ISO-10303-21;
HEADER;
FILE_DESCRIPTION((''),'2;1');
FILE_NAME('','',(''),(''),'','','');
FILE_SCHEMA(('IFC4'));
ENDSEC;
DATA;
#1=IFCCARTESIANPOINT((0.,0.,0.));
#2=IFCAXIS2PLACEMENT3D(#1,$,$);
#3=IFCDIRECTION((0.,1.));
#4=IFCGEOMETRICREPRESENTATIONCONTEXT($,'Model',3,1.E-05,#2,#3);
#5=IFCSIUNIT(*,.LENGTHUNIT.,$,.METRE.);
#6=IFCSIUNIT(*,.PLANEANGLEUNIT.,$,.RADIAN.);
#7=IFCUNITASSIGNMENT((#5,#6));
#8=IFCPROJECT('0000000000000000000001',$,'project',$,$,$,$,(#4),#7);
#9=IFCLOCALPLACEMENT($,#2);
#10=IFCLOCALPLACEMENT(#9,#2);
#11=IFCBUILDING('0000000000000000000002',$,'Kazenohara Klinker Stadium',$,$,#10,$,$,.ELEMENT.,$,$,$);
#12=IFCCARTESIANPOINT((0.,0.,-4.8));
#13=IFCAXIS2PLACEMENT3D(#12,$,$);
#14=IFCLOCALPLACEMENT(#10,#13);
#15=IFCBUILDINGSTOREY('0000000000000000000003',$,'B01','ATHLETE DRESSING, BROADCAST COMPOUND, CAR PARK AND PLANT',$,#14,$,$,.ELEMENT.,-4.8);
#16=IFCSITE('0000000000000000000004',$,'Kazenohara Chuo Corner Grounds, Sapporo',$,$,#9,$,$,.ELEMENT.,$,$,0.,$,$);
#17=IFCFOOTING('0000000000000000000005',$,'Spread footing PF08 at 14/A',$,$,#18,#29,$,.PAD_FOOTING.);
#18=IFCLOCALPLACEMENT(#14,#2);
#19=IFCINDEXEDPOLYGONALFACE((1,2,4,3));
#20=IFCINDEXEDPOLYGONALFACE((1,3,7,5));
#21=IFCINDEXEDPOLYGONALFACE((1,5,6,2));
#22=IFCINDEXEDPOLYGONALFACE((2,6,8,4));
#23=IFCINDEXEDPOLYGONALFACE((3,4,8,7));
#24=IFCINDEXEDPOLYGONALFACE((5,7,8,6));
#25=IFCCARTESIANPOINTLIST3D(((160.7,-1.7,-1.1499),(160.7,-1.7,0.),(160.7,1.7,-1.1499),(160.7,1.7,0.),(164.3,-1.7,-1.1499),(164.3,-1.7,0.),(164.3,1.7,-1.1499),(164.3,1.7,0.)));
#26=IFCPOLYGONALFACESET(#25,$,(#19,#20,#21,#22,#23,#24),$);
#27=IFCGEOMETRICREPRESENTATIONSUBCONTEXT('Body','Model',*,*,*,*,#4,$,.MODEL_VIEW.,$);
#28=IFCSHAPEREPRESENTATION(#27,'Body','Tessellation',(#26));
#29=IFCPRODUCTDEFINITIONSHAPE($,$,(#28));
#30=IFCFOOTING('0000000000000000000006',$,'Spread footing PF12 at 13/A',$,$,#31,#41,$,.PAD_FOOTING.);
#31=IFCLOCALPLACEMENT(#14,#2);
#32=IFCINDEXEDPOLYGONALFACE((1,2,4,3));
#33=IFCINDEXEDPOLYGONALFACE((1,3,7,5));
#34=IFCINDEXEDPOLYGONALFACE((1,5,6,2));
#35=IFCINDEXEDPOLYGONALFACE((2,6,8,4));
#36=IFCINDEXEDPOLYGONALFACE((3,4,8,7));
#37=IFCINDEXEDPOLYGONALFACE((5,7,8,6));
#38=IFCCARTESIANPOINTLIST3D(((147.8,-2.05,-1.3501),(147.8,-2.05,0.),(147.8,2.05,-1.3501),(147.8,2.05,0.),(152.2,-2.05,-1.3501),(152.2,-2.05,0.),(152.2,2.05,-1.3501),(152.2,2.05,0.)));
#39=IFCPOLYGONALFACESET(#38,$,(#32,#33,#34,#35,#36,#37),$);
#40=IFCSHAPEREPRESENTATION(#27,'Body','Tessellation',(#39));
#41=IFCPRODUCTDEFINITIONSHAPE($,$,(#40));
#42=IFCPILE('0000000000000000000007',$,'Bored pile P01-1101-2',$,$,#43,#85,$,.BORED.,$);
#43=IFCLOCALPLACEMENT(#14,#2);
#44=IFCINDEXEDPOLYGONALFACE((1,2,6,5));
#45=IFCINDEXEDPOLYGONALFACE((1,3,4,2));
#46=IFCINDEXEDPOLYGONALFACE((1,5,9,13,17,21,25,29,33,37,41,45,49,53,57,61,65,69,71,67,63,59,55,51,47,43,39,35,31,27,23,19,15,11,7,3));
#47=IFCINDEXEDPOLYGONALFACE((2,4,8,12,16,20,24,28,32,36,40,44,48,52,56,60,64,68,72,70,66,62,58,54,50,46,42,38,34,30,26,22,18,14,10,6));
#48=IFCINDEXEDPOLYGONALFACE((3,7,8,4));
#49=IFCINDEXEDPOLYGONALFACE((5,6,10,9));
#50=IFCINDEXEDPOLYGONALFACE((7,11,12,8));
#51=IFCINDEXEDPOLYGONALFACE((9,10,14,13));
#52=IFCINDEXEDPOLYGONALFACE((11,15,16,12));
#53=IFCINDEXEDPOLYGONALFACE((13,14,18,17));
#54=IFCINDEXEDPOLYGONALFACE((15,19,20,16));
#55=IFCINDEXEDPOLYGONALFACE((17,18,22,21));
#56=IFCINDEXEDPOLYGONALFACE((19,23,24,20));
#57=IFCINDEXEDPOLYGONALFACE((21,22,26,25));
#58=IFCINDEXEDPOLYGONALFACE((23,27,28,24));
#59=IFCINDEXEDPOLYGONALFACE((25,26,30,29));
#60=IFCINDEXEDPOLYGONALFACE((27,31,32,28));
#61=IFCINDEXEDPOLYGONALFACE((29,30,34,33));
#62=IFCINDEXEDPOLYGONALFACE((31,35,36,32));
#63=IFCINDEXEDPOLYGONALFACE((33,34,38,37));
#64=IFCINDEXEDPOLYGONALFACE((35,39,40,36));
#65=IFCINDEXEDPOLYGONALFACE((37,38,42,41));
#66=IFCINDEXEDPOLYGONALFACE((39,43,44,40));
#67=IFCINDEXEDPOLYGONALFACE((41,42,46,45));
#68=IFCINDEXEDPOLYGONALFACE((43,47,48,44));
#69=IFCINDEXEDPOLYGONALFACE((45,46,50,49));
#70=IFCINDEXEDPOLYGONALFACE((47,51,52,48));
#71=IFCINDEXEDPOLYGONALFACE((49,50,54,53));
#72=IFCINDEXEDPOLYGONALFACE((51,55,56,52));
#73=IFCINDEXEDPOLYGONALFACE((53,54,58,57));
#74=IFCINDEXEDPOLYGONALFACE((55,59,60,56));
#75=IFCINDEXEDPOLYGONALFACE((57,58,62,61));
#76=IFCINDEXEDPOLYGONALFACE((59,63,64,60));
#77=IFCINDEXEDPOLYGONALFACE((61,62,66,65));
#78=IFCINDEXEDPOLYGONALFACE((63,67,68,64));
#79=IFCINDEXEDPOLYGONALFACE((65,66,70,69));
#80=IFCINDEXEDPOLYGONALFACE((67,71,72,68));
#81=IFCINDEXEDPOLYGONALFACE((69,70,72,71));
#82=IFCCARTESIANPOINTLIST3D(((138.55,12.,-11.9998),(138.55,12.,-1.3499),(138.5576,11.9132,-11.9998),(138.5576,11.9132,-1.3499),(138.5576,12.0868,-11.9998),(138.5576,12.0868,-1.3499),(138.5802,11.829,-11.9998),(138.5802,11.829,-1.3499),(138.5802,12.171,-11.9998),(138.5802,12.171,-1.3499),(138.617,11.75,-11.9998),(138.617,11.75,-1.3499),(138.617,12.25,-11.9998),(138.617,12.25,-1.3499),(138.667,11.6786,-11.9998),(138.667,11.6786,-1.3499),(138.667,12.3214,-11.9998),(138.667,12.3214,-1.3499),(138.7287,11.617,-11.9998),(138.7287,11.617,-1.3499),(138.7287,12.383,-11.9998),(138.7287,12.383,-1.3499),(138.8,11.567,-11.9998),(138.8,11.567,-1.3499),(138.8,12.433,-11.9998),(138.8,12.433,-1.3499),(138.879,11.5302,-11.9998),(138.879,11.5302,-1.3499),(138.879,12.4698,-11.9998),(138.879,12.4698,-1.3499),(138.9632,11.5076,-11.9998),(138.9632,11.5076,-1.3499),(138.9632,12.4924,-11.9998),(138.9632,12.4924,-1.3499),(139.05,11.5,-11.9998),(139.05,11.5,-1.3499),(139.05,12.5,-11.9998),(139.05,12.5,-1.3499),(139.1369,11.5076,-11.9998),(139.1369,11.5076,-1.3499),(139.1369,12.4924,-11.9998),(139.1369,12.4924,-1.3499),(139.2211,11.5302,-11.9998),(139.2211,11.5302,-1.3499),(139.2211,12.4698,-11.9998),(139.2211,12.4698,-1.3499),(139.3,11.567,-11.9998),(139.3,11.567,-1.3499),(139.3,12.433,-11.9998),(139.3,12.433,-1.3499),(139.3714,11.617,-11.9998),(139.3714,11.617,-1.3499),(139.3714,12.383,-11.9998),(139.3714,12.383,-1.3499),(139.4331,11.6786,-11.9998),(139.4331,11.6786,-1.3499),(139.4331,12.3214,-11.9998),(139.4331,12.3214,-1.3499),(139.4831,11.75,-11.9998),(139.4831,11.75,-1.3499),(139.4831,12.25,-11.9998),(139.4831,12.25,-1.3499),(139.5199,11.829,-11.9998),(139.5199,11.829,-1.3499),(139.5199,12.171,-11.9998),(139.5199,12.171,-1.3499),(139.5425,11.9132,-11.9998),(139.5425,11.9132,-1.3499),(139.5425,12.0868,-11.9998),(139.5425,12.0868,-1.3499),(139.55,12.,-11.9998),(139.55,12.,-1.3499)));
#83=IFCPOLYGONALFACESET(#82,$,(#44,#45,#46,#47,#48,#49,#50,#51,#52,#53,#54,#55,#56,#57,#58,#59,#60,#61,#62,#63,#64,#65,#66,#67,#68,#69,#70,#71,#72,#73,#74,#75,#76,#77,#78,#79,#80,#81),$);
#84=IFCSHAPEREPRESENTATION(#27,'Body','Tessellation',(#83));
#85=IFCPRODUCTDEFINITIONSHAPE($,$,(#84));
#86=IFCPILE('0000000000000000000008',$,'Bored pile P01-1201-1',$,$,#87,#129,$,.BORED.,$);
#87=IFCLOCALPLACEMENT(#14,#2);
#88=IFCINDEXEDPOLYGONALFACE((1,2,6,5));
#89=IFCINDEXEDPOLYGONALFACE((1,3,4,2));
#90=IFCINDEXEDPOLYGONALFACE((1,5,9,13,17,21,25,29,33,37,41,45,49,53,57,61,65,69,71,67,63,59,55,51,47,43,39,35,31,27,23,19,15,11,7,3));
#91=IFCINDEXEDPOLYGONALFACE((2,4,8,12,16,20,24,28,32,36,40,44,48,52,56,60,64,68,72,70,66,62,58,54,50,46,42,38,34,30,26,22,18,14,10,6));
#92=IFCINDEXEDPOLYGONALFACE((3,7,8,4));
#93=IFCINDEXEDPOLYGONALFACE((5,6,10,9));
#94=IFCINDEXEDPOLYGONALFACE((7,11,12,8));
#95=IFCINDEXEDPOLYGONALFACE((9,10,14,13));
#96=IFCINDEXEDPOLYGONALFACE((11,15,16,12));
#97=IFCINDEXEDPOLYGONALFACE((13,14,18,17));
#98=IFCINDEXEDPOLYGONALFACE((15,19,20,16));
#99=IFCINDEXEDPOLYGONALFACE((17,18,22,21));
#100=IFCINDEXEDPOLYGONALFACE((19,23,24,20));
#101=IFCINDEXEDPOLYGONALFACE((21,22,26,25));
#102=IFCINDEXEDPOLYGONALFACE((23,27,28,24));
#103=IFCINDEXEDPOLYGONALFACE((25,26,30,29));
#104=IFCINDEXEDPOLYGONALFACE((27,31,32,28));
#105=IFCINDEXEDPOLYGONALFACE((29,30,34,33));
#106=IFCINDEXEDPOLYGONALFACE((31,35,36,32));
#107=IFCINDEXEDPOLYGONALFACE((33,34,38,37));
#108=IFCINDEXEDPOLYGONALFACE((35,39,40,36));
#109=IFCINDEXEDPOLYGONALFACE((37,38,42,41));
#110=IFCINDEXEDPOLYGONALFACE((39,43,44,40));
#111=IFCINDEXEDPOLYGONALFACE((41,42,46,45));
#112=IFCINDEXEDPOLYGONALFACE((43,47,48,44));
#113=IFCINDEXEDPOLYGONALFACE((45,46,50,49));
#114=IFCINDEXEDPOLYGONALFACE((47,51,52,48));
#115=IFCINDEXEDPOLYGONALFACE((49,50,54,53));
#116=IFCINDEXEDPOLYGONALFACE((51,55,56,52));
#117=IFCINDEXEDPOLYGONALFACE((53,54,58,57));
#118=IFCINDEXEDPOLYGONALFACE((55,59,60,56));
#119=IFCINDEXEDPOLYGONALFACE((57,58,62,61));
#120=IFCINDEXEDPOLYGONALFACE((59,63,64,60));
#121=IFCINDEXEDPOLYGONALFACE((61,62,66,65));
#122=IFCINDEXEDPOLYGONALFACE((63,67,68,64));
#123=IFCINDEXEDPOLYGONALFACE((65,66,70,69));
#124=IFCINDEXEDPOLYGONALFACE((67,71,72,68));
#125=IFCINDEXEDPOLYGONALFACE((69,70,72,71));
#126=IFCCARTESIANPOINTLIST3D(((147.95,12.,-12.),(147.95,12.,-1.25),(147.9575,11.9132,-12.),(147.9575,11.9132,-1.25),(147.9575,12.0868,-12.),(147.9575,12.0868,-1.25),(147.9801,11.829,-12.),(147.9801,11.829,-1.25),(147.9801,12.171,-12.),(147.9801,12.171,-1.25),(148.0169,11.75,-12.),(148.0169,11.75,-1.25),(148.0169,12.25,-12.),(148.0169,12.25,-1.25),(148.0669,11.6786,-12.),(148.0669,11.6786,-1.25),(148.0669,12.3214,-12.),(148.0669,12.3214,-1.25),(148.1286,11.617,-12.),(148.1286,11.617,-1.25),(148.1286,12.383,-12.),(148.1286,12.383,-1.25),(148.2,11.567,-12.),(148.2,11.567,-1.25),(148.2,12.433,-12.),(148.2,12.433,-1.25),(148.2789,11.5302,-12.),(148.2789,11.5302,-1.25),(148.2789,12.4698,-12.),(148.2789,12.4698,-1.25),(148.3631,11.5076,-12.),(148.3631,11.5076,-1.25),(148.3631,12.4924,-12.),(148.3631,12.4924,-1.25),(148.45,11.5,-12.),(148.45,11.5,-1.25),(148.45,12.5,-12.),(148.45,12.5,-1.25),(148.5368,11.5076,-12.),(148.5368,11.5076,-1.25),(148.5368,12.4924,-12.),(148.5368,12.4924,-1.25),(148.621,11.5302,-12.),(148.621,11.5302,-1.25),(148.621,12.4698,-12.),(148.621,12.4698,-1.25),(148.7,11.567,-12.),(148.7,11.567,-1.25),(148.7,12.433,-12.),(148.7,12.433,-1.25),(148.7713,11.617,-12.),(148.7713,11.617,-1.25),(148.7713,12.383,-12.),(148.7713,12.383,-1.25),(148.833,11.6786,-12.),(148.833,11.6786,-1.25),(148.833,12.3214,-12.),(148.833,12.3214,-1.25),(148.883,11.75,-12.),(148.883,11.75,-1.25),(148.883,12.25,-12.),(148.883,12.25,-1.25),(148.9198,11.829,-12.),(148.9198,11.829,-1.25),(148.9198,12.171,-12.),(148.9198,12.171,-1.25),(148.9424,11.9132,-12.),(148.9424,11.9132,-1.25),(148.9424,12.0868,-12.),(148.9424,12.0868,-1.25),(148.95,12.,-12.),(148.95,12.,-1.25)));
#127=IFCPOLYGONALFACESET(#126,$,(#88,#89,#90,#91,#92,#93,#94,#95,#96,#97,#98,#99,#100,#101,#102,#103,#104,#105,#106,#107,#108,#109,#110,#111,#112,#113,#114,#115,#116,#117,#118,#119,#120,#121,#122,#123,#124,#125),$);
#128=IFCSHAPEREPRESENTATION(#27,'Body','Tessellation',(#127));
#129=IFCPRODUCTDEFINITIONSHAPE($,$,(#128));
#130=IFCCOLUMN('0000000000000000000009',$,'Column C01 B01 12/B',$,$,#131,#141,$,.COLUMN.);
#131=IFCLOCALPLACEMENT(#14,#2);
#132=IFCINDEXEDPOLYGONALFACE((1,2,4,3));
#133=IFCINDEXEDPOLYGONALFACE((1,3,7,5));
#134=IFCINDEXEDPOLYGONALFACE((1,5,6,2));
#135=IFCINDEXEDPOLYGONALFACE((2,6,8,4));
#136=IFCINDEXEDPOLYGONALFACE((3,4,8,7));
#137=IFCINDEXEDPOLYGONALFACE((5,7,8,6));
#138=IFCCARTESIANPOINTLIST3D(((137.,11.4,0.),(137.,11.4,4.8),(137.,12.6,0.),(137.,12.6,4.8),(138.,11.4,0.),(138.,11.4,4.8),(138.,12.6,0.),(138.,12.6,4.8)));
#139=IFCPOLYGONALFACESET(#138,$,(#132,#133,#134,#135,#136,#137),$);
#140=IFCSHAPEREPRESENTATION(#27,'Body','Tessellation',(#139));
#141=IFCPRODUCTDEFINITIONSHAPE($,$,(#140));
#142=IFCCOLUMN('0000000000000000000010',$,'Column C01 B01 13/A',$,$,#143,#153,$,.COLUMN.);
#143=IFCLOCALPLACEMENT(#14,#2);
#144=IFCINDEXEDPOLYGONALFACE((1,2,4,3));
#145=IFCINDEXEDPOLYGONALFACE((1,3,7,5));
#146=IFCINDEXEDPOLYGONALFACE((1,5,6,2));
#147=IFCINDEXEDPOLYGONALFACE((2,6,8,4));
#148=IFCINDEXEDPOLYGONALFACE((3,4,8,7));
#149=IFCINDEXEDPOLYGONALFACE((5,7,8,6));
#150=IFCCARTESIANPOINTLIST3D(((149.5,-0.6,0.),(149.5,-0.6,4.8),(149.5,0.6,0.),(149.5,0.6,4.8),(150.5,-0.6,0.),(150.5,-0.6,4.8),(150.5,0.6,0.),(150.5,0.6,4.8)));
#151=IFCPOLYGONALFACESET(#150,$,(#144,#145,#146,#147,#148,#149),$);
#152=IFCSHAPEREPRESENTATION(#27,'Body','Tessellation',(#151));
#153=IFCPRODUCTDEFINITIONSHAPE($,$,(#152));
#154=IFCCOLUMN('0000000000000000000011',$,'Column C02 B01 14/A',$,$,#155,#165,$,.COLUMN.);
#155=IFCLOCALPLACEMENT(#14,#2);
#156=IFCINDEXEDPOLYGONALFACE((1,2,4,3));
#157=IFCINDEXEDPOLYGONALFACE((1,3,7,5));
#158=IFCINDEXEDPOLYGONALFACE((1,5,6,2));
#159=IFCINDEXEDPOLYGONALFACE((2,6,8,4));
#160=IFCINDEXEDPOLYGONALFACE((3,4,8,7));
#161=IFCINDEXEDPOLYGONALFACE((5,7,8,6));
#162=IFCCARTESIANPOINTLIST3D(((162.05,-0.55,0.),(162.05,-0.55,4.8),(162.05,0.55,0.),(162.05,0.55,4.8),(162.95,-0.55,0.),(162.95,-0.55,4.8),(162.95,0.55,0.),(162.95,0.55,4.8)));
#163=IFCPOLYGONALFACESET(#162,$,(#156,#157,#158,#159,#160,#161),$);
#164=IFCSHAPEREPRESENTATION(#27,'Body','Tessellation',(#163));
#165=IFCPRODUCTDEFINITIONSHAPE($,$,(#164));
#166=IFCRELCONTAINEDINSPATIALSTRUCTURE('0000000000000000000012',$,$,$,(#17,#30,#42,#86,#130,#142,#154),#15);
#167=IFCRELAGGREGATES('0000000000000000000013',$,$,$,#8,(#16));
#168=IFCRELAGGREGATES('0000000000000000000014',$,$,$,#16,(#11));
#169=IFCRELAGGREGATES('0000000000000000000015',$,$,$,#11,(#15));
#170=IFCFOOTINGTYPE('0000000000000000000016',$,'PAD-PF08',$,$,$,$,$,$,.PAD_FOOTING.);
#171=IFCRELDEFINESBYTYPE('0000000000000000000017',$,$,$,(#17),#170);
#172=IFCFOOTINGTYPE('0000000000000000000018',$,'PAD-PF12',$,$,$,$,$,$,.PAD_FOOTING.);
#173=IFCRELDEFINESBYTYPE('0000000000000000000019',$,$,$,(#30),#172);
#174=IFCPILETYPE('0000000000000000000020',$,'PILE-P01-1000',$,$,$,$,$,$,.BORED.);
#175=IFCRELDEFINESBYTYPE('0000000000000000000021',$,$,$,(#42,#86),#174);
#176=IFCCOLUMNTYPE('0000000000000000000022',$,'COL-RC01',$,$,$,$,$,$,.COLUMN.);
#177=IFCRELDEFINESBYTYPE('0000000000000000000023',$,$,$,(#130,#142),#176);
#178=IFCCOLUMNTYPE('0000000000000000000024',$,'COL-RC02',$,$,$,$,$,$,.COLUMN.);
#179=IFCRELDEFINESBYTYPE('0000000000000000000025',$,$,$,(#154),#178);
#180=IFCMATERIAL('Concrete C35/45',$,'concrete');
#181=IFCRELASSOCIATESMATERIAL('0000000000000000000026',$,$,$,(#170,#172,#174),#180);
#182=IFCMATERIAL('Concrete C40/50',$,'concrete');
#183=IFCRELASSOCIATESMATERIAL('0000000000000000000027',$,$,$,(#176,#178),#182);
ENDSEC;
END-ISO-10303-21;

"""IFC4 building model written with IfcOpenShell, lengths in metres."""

from ifc_helpers import new_model, si_unit, direction, frame, origin, origin_2d, place, context, subcontext, project, spatial, rectangle, circle, extrude, material, material_profile, profile_set, type_object, element, save


model = new_model("IFC4")

# Units and contexts
model_context = context("Model", 3, precision=1e-05, world=origin(), true_north=direction((0.0, 1.0)))
body_context = subcontext(model_context, "Body", "Model", "MODEL_VIEW")
ifc_project = project(units=[si_unit("LENGTHUNIT", "METRE"), si_unit("PLANEANGLEUNIT", "RADIAN")], contexts=[model_context])

# Site, building, storey
site_placement = place(None, origin())
site = spatial("IfcSite", under=ifc_project, at=site_placement, Name="Kazenohara Chuo Corner Grounds, Sapporo", CompositionType="ELEMENT", RefElevation=0.0)
building_placement = place(site_placement, origin())
building = spatial("IfcBuilding", under=site, at=building_placement, Name="Kazenohara Klinker Stadium", CompositionType="ELEMENT")
storey_placement = place(building_placement, frame((0.0, 0.0, -4.8)))
storey = spatial("IfcBuildingStorey", under=building, at=storey_placement, Name="B01", Description="ATHLETE DRESSING, BROADCAST COMPOUND, CAR PARK AND PLANT", CompositionType="ELEMENT", Elevation=-4.8)

# Footings
ifc_material_1 = material(Name="Concrete C35/45", Category="concrete")
footing_type_1 = type_object("IfcFootingType", Name="PAD-PF08", PredefinedType="PAD_FOOTING", material=ifc_material_1)
footing_1_placement = place(storey_placement, frame((162.5, 0.0, -1.1499), z_axis=(0.0, 0.0, 1.0), x_axis=(1.0, 0.0, 0.0)))
element("IfcFooting", 1, at=footing_1_placement, inside=storey, type_object=footing_type_1, Name="Spread footing PF08 at 14/A", PredefinedType="PAD_FOOTING", context=body_context, shape_type="SweptSolid", body=[
    extrude(rectangle(XDim=3.6001, YDim=3.3999, at=origin_2d()), origin(), (0.0, 0.0, 1.0), 1.1499),
])
footing_type_2 = type_object("IfcFootingType", Name="PAD-PF12", PredefinedType="PAD_FOOTING", material=ifc_material_1)
footing_2_placement = place(storey_placement, frame((150.0, 0.0, -1.3501), z_axis=(0.0, 0.0, 1.0), x_axis=(1.0, 0.0, 0.0)))
element("IfcFooting", 2, at=footing_2_placement, inside=storey, type_object=footing_type_2, Name="Spread footing PF12 at 13/A", PredefinedType="PAD_FOOTING", context=body_context, shape_type="SweptSolid", body=[
    extrude(rectangle(XDim=4.3999, YDim=4.1001, at=origin_2d()), origin(), (0.0, 0.0, 1.0), 1.3501),
])

# Piles
ifc_material_profile_1 = material_profile(ifc_material_1, circle(Radius=0.5, at=origin_2d()), Name="BORED-PILE-1000")
ifc_profile_set_1 = profile_set([ifc_material_profile_1], Name="Concrete C35/45")
pile_type = type_object("IfcPileType", Name="PILE-P01-1000", PredefinedType="BORED", material=ifc_profile_set_1)
pile_1_placement = place(storey_placement, frame((139.05, 12.0, -1.3499), z_axis=(0.0, 0.0, -1.0), x_axis=(1.0, 0.0, 0.0)))
element("IfcPile", 3, at=pile_1_placement, inside=storey, type_object=pile_type, Name="Bored pile P01-1101-2", PredefinedType="BORED", context=body_context, shape_type="SweptSolid", body=[
    extrude(circle(Radius=0.5, at=origin_2d()), origin(), (0.0, 0.0, 1.0), 10.6499),
])
pile_2_placement = place(storey_placement, frame((148.45, 12.0, -1.25), z_axis=(0.0, 0.0, -1.0), x_axis=(1.0, 0.0, 0.0)))
element("IfcPile", 4, at=pile_2_placement, inside=storey, type_object=pile_type, Name="Bored pile P01-1201-1", PredefinedType="BORED", context=body_context, shape_type="SweptSolid", body=[
    extrude(circle(Radius=0.5, at=origin_2d()), origin(), (0.0, 0.0, 1.0), 10.75),
])

# Columns
ifc_material_2 = material(Name="Concrete C40/50", Category="concrete")
ifc_material_profile_2 = material_profile(ifc_material_2, rectangle(XDim=1.0, YDim=1.2, at=origin_2d()), Name="RC-COL-1200x1000")
ifc_profile_set_2 = profile_set([ifc_material_profile_2], Name="Concrete C40/50")
column_type_1 = type_object("IfcColumnType", Name="COL-RC01", PredefinedType="COLUMN", material=ifc_profile_set_2)
for number, where, z_axis, x_axis, name in (
    (5, (137.5, 12.0, 0.0), (0.0, 0.0, 1.0), (1.0, 0.0, 0.0), "Column C01 B01 12/B"),
    (6, (150.0, 0.0, 0.0), (0.0, 0.0, 1.0), (1.0, 0.0, 0.0), "Column C01 B01 13/A"),
):
    element("IfcColumn", number, at=place(storey_placement, frame(where, z_axis=z_axis, x_axis=x_axis)), inside=storey, type_object=column_type_1, Name=name, PredefinedType="COLUMN", context=body_context, shape_type="SweptSolid", body=[
        extrude(rectangle(XDim=1.0, YDim=1.2, at=origin_2d()), origin(), (0.0, 0.0, 1.0), 4.8),
    ])
ifc_material_profile_3 = material_profile(ifc_material_2, rectangle(XDim=0.8999, YDim=1.1001, at=origin_2d()), Name="RC-COL-1100x900")
ifc_profile_set_3 = profile_set([ifc_material_profile_3], Name="Concrete C40/50")
column_type_2 = type_object("IfcColumnType", Name="COL-RC02", PredefinedType="COLUMN", material=ifc_profile_set_3)
column_placement = place(storey_placement, frame((162.5, 0.0, 0.0), z_axis=(0.0, 0.0, 1.0), x_axis=(1.0, 0.0, 0.0)))
element("IfcColumn", 7, at=column_placement, inside=storey, type_object=column_type_2, Name="Column C02 B01 14/A", PredefinedType="COLUMN", context=body_context, shape_type="SweptSolid", body=[
    extrude(rectangle(XDim=0.8999, YDim=1.1001, at=origin_2d()), origin(), (0.0, 0.0, 1.0), 4.8),
])

save(model, "model.ifc")
